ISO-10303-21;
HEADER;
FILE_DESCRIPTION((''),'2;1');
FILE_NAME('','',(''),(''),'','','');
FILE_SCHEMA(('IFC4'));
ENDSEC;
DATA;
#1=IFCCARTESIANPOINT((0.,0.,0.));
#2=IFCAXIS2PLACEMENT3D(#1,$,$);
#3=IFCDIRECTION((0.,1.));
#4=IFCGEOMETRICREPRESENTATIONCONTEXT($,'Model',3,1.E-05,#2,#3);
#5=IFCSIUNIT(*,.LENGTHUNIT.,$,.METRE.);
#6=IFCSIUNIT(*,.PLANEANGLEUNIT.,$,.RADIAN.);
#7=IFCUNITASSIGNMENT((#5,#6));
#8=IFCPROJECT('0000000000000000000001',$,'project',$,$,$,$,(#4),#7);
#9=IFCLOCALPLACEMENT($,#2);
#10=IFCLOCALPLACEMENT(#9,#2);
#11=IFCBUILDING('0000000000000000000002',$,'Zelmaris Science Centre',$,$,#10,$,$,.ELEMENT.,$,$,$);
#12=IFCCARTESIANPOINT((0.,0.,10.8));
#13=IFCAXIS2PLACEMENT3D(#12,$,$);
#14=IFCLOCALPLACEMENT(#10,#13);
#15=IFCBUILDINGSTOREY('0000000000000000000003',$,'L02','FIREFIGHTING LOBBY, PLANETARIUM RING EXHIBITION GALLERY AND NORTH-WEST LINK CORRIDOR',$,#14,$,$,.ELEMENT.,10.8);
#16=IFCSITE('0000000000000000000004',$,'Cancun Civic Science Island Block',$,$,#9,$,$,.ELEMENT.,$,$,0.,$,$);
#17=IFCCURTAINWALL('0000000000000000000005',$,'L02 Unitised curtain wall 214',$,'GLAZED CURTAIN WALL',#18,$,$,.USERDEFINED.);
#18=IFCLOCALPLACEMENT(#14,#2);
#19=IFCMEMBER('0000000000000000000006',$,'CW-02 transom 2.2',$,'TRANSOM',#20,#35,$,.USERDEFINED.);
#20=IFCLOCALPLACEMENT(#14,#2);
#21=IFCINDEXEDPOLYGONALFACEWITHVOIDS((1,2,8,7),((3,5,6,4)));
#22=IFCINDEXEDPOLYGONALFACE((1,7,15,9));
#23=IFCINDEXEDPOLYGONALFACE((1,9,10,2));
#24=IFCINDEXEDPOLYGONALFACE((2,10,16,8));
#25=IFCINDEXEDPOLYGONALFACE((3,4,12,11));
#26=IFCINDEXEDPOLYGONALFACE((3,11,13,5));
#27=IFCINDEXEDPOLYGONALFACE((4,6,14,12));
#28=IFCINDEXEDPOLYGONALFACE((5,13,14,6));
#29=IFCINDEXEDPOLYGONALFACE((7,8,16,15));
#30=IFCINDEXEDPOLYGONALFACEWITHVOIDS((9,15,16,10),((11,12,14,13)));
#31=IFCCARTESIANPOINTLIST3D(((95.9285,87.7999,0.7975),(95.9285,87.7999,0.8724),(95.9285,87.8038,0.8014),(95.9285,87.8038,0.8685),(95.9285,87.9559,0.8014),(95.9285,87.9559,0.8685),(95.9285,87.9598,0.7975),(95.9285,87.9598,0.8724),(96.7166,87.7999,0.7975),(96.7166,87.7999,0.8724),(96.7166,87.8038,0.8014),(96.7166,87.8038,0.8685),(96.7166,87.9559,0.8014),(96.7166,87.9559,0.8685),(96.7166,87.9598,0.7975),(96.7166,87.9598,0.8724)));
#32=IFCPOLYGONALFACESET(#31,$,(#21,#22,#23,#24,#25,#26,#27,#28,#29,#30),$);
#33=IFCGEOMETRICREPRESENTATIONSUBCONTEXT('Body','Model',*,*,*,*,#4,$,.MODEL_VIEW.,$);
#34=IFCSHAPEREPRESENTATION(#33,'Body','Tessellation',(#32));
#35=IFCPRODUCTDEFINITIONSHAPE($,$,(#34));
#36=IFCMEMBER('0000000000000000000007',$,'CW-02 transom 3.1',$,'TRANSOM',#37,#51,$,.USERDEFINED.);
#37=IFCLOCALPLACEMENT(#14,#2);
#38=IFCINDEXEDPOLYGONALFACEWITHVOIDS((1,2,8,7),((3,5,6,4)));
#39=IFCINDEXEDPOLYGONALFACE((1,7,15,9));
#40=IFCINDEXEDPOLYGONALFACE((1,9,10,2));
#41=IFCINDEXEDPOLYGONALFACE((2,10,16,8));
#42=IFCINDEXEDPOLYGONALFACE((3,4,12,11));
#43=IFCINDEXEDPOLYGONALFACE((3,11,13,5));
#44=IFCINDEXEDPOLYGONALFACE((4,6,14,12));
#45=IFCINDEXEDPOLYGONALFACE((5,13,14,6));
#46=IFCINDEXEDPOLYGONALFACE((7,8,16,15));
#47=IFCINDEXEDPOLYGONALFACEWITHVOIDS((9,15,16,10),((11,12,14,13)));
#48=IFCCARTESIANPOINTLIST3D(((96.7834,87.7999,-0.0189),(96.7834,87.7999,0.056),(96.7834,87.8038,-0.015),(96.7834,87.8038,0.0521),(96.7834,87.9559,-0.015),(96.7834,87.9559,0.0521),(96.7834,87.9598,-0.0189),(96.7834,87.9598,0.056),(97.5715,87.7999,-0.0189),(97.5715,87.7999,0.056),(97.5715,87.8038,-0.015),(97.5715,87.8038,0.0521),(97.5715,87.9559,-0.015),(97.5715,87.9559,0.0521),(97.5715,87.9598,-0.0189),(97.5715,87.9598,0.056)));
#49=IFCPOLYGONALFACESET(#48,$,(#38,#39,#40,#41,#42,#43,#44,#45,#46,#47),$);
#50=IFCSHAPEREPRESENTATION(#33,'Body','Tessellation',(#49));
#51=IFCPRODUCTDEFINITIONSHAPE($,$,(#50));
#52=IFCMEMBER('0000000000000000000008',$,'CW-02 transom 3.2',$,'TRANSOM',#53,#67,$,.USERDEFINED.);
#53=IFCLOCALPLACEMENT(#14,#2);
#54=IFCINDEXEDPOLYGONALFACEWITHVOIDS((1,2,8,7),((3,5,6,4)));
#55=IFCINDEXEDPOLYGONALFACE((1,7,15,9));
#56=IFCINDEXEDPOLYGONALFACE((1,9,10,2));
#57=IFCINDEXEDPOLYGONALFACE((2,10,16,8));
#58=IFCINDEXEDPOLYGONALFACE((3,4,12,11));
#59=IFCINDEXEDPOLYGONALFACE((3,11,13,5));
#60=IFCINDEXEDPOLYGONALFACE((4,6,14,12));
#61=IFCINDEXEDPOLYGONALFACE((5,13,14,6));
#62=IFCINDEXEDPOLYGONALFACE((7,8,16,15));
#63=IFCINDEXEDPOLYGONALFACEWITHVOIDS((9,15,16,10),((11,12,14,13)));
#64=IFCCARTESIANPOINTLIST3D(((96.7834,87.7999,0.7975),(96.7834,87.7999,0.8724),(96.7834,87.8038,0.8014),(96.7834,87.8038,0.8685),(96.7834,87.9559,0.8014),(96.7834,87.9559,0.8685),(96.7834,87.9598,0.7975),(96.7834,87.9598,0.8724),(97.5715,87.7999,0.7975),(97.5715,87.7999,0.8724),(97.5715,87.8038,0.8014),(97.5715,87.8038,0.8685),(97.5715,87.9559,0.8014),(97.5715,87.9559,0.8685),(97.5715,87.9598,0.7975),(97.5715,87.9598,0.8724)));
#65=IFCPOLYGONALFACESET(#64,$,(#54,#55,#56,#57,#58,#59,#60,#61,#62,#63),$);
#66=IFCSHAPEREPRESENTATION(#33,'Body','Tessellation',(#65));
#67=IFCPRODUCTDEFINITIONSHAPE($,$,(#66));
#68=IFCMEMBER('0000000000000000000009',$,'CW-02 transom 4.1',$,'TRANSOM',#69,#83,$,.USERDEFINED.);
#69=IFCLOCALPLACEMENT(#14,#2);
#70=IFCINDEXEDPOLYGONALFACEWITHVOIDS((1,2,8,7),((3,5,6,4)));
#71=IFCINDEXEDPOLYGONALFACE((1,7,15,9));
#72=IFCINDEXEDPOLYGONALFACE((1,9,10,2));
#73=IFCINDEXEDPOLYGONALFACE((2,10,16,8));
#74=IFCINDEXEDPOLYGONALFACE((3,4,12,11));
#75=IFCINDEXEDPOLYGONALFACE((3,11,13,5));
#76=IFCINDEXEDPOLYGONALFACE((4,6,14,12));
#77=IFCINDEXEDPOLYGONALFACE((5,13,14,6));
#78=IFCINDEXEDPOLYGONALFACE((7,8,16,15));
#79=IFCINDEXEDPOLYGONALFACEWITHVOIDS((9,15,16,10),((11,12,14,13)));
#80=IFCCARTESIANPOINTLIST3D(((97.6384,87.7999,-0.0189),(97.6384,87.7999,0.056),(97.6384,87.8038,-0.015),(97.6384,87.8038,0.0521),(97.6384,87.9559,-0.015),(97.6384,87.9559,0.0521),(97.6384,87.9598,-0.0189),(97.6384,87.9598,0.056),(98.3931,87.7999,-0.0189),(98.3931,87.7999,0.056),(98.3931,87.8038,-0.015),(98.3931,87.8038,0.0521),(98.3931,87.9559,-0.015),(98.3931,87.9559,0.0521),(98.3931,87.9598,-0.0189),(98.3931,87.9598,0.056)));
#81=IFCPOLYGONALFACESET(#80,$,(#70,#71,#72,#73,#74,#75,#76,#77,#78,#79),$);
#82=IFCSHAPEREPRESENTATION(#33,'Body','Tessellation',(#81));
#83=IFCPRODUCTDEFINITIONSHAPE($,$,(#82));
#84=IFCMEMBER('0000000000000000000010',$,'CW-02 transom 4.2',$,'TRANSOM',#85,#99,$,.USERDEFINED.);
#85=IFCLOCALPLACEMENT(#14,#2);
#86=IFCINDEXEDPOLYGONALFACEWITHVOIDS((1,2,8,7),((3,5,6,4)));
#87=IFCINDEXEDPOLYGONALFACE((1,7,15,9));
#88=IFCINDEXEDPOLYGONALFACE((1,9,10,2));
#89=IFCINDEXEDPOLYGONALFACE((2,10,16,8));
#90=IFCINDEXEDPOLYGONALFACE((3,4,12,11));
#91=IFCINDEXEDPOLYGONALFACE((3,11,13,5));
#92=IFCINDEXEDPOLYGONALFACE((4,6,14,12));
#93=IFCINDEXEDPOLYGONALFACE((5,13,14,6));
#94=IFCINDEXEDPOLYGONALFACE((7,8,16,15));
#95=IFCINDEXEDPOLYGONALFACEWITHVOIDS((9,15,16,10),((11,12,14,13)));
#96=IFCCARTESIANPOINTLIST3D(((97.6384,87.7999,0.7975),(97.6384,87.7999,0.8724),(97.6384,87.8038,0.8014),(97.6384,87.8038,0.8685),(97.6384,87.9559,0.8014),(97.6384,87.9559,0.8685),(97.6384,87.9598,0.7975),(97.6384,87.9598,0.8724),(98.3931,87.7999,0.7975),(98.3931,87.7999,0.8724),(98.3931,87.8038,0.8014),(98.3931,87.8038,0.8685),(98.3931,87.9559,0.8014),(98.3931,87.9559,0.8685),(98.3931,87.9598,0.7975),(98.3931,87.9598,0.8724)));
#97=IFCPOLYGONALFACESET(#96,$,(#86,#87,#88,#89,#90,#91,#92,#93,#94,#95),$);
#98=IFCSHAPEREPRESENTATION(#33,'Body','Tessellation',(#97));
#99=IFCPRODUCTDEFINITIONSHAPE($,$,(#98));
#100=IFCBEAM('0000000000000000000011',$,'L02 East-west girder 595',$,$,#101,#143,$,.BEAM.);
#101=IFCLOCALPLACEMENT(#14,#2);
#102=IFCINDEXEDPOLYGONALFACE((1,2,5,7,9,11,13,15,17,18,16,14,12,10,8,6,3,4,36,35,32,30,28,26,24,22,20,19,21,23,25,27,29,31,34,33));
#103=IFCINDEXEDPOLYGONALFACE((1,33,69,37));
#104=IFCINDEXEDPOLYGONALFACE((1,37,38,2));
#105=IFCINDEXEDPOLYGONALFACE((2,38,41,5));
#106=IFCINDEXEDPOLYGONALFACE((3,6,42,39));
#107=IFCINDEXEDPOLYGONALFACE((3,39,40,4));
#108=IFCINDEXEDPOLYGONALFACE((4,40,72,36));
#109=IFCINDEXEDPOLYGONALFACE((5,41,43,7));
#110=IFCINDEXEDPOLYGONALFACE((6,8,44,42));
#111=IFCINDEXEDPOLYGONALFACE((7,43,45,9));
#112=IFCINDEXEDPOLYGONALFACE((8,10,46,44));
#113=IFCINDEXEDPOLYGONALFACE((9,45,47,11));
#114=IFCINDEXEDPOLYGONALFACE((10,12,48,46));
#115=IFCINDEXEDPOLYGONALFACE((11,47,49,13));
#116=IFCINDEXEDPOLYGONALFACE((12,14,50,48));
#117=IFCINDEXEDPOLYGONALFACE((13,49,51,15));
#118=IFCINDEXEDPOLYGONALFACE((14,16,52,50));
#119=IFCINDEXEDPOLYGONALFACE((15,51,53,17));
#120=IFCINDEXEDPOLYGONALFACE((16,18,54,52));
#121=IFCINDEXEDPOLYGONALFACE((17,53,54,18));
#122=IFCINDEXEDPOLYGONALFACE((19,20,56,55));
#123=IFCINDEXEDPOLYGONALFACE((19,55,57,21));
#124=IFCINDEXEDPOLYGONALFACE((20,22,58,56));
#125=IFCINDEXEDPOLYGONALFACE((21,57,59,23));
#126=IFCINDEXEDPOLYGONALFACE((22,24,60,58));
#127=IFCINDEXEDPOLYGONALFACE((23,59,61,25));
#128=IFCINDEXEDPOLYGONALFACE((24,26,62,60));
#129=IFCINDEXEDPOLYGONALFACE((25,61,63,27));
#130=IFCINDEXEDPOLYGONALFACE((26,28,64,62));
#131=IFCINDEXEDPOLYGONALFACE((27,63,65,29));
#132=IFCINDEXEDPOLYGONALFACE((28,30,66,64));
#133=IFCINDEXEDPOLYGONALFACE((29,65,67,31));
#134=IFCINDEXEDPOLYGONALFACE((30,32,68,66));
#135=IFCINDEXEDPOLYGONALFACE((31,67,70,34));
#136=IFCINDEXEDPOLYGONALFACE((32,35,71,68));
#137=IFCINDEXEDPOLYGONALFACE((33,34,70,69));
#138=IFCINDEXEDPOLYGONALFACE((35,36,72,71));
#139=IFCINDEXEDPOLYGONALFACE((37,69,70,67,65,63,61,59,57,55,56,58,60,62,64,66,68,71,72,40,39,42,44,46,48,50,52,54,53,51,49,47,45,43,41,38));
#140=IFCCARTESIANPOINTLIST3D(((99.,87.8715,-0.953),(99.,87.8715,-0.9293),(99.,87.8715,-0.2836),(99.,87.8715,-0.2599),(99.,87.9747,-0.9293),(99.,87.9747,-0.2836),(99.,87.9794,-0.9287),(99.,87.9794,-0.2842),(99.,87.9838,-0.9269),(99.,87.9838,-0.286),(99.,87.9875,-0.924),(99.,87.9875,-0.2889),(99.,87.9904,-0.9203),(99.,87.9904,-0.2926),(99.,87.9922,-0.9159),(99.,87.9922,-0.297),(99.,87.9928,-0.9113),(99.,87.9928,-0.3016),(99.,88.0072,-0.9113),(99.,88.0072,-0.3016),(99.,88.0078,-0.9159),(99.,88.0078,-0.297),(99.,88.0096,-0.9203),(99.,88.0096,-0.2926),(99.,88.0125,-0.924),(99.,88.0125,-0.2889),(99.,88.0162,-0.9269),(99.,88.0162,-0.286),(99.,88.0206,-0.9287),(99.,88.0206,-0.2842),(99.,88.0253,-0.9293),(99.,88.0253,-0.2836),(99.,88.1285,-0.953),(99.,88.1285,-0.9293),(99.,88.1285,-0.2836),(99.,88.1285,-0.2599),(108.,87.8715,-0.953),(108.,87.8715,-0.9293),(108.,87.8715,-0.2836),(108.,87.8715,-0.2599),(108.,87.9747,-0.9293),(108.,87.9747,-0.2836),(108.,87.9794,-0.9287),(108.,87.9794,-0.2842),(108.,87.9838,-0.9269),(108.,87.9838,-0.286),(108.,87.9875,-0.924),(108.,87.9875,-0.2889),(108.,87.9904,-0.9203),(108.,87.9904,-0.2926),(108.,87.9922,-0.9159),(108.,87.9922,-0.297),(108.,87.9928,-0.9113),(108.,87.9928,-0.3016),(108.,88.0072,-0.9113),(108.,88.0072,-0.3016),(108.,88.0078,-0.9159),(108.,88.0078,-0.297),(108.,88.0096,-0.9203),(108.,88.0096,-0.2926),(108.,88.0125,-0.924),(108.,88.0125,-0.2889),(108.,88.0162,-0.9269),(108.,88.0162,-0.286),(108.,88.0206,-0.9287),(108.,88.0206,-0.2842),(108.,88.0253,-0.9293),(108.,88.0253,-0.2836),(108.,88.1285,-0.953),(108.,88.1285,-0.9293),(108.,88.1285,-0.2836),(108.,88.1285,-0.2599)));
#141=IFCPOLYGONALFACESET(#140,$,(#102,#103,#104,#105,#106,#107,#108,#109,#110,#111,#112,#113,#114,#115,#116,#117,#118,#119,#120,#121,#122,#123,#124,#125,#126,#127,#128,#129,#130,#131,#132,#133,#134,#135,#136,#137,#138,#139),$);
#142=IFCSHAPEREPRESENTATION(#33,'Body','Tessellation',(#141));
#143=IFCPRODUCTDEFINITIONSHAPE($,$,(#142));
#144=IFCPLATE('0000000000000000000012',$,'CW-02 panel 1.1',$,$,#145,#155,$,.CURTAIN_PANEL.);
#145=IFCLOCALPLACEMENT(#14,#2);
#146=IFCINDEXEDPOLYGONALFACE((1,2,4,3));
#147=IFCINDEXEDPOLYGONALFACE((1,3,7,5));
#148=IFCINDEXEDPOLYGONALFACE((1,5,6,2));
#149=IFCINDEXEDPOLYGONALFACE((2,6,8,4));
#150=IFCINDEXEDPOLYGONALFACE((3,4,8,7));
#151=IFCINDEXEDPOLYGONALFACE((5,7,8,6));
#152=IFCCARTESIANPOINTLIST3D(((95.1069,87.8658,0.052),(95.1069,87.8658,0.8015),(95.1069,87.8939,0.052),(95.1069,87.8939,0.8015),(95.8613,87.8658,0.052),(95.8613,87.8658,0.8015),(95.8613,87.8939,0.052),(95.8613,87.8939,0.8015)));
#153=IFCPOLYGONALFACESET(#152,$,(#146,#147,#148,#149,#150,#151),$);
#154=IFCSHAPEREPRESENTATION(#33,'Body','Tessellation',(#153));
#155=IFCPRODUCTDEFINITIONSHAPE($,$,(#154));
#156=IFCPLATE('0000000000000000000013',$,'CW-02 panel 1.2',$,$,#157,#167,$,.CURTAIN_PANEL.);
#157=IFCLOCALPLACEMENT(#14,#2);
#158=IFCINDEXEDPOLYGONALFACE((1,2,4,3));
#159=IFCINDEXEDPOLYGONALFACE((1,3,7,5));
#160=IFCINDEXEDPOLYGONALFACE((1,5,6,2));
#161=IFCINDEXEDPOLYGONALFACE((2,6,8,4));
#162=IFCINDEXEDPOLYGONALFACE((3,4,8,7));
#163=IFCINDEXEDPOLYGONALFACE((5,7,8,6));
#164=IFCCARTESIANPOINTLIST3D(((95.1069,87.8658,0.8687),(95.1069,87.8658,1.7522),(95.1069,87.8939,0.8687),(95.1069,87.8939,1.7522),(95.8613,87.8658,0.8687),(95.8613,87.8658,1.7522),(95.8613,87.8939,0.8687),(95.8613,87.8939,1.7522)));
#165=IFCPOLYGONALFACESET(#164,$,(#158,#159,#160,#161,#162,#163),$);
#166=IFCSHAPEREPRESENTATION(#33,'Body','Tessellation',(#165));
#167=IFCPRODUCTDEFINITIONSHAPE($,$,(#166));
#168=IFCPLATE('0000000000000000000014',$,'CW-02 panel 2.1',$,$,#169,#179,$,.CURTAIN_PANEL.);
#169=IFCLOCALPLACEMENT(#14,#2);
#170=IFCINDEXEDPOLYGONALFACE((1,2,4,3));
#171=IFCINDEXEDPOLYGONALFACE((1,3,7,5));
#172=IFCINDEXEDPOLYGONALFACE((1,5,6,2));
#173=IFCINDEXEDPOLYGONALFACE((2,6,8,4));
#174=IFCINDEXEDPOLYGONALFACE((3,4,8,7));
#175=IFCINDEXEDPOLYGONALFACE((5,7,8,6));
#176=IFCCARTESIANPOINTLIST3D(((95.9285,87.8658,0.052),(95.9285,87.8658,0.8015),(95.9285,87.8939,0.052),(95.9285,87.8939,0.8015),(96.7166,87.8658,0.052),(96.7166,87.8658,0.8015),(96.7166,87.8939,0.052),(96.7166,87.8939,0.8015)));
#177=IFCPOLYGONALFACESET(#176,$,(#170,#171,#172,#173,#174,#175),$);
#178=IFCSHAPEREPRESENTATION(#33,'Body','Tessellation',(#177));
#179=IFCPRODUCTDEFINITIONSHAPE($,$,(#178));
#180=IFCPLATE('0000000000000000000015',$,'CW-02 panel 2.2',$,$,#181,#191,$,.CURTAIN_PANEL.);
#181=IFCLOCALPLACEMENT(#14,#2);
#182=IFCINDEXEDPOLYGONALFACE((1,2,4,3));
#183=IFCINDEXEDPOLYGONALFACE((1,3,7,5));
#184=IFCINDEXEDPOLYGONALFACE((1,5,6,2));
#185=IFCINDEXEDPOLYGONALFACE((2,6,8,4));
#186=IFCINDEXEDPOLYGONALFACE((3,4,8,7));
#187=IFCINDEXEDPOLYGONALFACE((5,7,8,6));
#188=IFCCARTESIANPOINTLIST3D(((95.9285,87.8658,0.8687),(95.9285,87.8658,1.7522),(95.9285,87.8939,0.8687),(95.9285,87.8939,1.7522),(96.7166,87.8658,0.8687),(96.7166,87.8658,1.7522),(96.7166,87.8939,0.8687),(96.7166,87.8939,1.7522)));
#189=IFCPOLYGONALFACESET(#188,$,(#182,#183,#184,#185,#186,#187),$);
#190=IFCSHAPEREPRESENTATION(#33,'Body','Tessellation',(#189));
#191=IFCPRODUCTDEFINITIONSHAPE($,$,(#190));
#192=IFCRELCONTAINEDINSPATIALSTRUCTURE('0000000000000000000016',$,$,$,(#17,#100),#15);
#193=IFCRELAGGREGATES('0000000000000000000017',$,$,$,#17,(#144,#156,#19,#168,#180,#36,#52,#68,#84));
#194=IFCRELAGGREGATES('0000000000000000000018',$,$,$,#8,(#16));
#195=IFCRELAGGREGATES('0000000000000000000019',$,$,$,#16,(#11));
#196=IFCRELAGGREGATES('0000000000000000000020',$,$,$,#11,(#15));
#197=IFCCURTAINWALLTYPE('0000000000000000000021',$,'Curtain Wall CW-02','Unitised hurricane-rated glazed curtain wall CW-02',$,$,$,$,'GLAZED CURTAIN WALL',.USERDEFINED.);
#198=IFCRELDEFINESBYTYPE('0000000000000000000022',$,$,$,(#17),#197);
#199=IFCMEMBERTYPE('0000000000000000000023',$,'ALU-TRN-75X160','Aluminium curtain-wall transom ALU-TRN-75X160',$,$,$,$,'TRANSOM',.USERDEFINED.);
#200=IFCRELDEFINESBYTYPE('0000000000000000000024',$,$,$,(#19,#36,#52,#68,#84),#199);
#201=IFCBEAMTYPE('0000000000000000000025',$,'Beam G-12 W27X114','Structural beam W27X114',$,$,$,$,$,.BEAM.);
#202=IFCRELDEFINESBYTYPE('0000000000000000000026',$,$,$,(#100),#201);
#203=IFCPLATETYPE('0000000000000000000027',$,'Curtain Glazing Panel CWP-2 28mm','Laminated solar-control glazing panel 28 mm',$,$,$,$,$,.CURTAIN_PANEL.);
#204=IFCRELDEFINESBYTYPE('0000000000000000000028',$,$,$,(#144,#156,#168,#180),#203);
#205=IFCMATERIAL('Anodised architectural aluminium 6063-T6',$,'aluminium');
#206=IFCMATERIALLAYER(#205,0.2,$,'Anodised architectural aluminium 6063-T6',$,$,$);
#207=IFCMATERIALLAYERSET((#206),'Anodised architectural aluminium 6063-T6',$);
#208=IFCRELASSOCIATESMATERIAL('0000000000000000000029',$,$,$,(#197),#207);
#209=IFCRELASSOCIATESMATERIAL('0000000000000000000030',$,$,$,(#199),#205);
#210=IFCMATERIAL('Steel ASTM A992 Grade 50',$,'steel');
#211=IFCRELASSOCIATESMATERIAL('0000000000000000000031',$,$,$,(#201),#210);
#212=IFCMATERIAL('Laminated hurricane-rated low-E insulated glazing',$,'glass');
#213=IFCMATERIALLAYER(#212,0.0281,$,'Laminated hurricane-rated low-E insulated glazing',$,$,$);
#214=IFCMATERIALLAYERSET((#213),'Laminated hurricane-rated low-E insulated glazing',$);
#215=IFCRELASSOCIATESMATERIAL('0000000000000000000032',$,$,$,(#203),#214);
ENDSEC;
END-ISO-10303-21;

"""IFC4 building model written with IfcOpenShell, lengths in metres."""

from ifc_helpers import new_model, si_unit, direction, frame, origin, origin_2d, place, context, subcontext, project, spatial, rectangle, hollow_rectangle, i_section, extrude, material, layer, layer_set, material_profile, profile_set, type_object, element, aggregate, save


model = new_model("IFC4")

# Units and contexts
model_context = context("Model", 3, precision=1e-05, world=origin(), true_north=direction((0.0, 1.0)))
body_context = subcontext(model_context, "Body", "Model", "MODEL_VIEW")
ifc_project = project(units=[si_unit("LENGTHUNIT", "METRE"), si_unit("PLANEANGLEUNIT", "RADIAN")], contexts=[model_context])

# Site, building, storey
site_placement = place(None, origin())
site = spatial("IfcSite", under=ifc_project, at=site_placement, Name="Cancun Civic Science Island Block", CompositionType="ELEMENT", RefElevation=0.0)
building_placement = place(site_placement, origin())
building = spatial("IfcBuilding", under=site, at=building_placement, Name="Zelmaris Science Centre", CompositionType="ELEMENT")
storey_placement = place(building_placement, frame((0.0, 0.0, 10.8)))
storey = spatial("IfcBuildingStorey", under=building, at=storey_placement, Name="L02", Description="FIREFIGHTING LOBBY, PLANETARIUM RING EXHIBITION GALLERY AND NORTH-WEST LINK CORRIDOR", CompositionType="ELEMENT", Elevation=10.8)

# Shared definitions
ifc_material_1 = material(Name="Steel ASTM A992 Grade 50", Category="steel")

# Curtain wall, members
ifc_material_2 = material(Name="Anodised architectural aluminium 6063-T6", Category="aluminium")
ifc_layer_1 = layer(ifc_material_2, 0.2, Name="Anodised architectural aluminium 6063-T6")
ifc_layer_set_1 = layer_set([ifc_layer_1], Name="Anodised architectural aluminium 6063-T6")
curtain_wall_type = type_object("IfcCurtainWallType", Name="Curtain Wall CW-02", Description="Unitised hurricane-rated glazed curtain wall CW-02", ElementType="GLAZED CURTAIN WALL", PredefinedType="USERDEFINED", material=ifc_layer_set_1)
curtain_wall_placement = place(storey_placement, origin())
curtain_wall = element("IfcCurtainWall", 1, at=curtain_wall_placement, inside=storey, type_object=curtain_wall_type, Name="L02 Unitised curtain wall 214", ObjectType="GLAZED CURTAIN WALL", PredefinedType="USERDEFINED")
ifc_material_profile_1 = material_profile(ifc_material_2, hollow_rectangle(XDim=0.075, YDim=0.1599, WallThickness=0.0039, at=origin_2d()), Name="ALU-TRN-75X160")
ifc_profile_set_1 = profile_set([ifc_material_profile_1], Name="Anodised architectural aluminium 6063-T6")
member_type_1 = type_object("IfcMemberType", Name="ALU-TRN-75X160", Description="Aluminium curtain-wall transom ALU-TRN-75X160", ElementType="TRANSOM", PredefinedType="USERDEFINED", material=ifc_profile_set_1)
member_1_placement = place(storey_placement, frame((95.9285, 87.8799, 0.835), z_axis=(1.0, 0.0, 0.0), x_axis=(0.0, 0.0, 1.0)))
member_1 = element("IfcMember", 2, at=member_1_placement, type_object=member_type_1, Name="CW-02 transom 2.2", ObjectType="TRANSOM", PredefinedType="USERDEFINED", context=body_context, shape_type="SweptSolid", body=[
    extrude(hollow_rectangle(XDim=0.075, YDim=0.1599, WallThickness=0.0039, at=origin_2d()), origin(), (0.0, 0.0, 1.0), 0.7881),
])
member_2_placement = place(storey_placement, frame((96.7834, 87.8799, 0.0186), z_axis=(1.0, 0.0, 0.0), x_axis=(0.0, 0.0, 1.0)))
member_2 = element("IfcMember", 3, at=member_2_placement, type_object=member_type_1, Name="CW-02 transom 3.1", ObjectType="TRANSOM", PredefinedType="USERDEFINED", context=body_context, shape_type="SweptSolid", body=[
    extrude(hollow_rectangle(XDim=0.075, YDim=0.1599, WallThickness=0.0039, at=origin_2d()), origin(), (0.0, 0.0, 1.0), 0.7881),
])
member_3_placement = place(storey_placement, frame((96.7834, 87.8799, 0.835), z_axis=(1.0, 0.0, 0.0), x_axis=(0.0, 0.0, 1.0)))
member_3 = element("IfcMember", 4, at=member_3_placement, type_object=member_type_1, Name="CW-02 transom 3.2", ObjectType="TRANSOM", PredefinedType="USERDEFINED", context=body_context, shape_type="SweptSolid", body=[
    extrude(hollow_rectangle(XDim=0.075, YDim=0.1599, WallThickness=0.0039, at=origin_2d()), origin(), (0.0, 0.0, 1.0), 0.7881),
])
member_4_placement = place(storey_placement, frame((97.6384, 87.8799, 0.0186), z_axis=(1.0, 0.0, 0.0), x_axis=(0.0, 0.0, 1.0)))
member_4 = element("IfcMember", 5, at=member_4_placement, type_object=member_type_1, Name="CW-02 transom 4.1", ObjectType="TRANSOM", PredefinedType="USERDEFINED", context=body_context, shape_type="SweptSolid", body=[
    extrude(hollow_rectangle(XDim=0.075, YDim=0.1599, WallThickness=0.0039, at=origin_2d()), origin(), (0.0, 0.0, 1.0), 0.7546),
])
member_5_placement = place(storey_placement, frame((97.6384, 87.8799, 0.835), z_axis=(1.0, 0.0, 0.0), x_axis=(0.0, 0.0, 1.0)))
member_5 = element("IfcMember", 6, at=member_5_placement, type_object=member_type_1, Name="CW-02 transom 4.2", ObjectType="TRANSOM", PredefinedType="USERDEFINED", context=body_context, shape_type="SweptSolid", body=[
    extrude(hollow_rectangle(XDim=0.075, YDim=0.1599, WallThickness=0.0039, at=origin_2d()), origin(), (0.0, 0.0, 1.0), 0.7546),
])

# Beam
ifc_material_profile_2 = material_profile(ifc_material_1, i_section(OverallWidth=0.2571, OverallDepth=0.6931, WebThickness=0.0144, FlangeThickness=0.0237, FilletRadius=0.0181, at=origin_2d()), Name="W27X114")
ifc_profile_set_2 = profile_set([ifc_material_profile_2], Name="Steel ASTM A992 Grade 50")
beam_type = type_object("IfcBeamType", Name="Beam G-12 W27X114", Description="Structural beam W27X114", PredefinedType="BEAM", material=ifc_profile_set_2)
beam_placement = place(storey_placement, frame((99.0, 88.0, -0.6064), z_axis=(1.0, 0.0, 0.0), x_axis=(0.0, 1.0, 0.0)))
element("IfcBeam", 7, at=beam_placement, inside=storey, type_object=beam_type, Name="L02 East-west girder 595", PredefinedType="BEAM", context=body_context, shape_type="SweptSolid", body=[
    extrude(i_section(OverallWidth=0.2571, OverallDepth=0.6931, WebThickness=0.0144, FlangeThickness=0.0237, FilletRadius=0.0181, at=origin_2d()), origin(), (0.0, 0.0, 1.0), 9.0),
])

# Plates
ifc_material_3 = material(Name="Laminated hurricane-rated low-E insulated glazing", Category="glass")
ifc_layer_2 = layer(ifc_material_3, 0.0281, Name="Laminated hurricane-rated low-E insulated glazing")
ifc_layer_set_2 = layer_set([ifc_layer_2], Name="Laminated hurricane-rated low-E insulated glazing")
plate_type = type_object("IfcPlateType", Name="Curtain Glazing Panel CWP-2 28mm", Description="Laminated solar-control glazing panel 28 mm", PredefinedType="CURTAIN_PANEL", material=ifc_layer_set_2)
plate_1_placement = place(storey_placement, frame((95.4841, 87.8799, 0.052), z_axis=(0.0, 0.0, 1.0), x_axis=(1.0, 0.0, 0.0)))
plate_1 = element("IfcPlate", 8, at=plate_1_placement, type_object=plate_type, Name="CW-02 panel 1.1", PredefinedType="CURTAIN_PANEL", context=body_context, shape_type="SweptSolid", body=[
    extrude(rectangle(XDim=0.7544, YDim=0.0281, at=origin_2d()), origin(), (0.0, 0.0, 1.0), 0.7495),
])
plate_2_placement = place(storey_placement, frame((95.4841, 87.8799, 0.8687), z_axis=(0.0, 0.0, 1.0), x_axis=(1.0, 0.0, 0.0)))
plate_2 = element("IfcPlate", 9, at=plate_2_placement, type_object=plate_type, Name="CW-02 panel 1.2", PredefinedType="CURTAIN_PANEL", context=body_context, shape_type="SweptSolid", body=[
    extrude(rectangle(XDim=0.7544, YDim=0.0281, at=origin_2d()), origin(), (0.0, 0.0, 1.0), 0.8835),
])
plate_3_placement = place(storey_placement, frame((96.3225, 87.8799, 0.052), z_axis=(0.0, 0.0, 1.0), x_axis=(1.0, 0.0, 0.0)))
plate_3 = element("IfcPlate", 10, at=plate_3_placement, type_object=plate_type, Name="CW-02 panel 2.1", PredefinedType="CURTAIN_PANEL", context=body_context, shape_type="SweptSolid", body=[
    extrude(rectangle(XDim=0.7881, YDim=0.0281, at=origin_2d()), origin(), (0.0, 0.0, 1.0), 0.7495),
])
plate_4_placement = place(storey_placement, frame((96.3225, 87.8799, 0.8687), z_axis=(0.0, 0.0, 1.0), x_axis=(1.0, 0.0, 0.0)))
plate_4 = element("IfcPlate", 11, at=plate_4_placement, type_object=plate_type, Name="CW-02 panel 2.2", PredefinedType="CURTAIN_PANEL", context=body_context, shape_type="SweptSolid", body=[
    extrude(rectangle(XDim=0.7881, YDim=0.0281, at=origin_2d()), origin(), (0.0, 0.0, 1.0), 0.8835),
])
aggregate(curtain_wall, [plate_1, plate_2, member_1, plate_3, plate_4, member_2, member_3, member_4, member_5])

save(model, "model.ifc")
